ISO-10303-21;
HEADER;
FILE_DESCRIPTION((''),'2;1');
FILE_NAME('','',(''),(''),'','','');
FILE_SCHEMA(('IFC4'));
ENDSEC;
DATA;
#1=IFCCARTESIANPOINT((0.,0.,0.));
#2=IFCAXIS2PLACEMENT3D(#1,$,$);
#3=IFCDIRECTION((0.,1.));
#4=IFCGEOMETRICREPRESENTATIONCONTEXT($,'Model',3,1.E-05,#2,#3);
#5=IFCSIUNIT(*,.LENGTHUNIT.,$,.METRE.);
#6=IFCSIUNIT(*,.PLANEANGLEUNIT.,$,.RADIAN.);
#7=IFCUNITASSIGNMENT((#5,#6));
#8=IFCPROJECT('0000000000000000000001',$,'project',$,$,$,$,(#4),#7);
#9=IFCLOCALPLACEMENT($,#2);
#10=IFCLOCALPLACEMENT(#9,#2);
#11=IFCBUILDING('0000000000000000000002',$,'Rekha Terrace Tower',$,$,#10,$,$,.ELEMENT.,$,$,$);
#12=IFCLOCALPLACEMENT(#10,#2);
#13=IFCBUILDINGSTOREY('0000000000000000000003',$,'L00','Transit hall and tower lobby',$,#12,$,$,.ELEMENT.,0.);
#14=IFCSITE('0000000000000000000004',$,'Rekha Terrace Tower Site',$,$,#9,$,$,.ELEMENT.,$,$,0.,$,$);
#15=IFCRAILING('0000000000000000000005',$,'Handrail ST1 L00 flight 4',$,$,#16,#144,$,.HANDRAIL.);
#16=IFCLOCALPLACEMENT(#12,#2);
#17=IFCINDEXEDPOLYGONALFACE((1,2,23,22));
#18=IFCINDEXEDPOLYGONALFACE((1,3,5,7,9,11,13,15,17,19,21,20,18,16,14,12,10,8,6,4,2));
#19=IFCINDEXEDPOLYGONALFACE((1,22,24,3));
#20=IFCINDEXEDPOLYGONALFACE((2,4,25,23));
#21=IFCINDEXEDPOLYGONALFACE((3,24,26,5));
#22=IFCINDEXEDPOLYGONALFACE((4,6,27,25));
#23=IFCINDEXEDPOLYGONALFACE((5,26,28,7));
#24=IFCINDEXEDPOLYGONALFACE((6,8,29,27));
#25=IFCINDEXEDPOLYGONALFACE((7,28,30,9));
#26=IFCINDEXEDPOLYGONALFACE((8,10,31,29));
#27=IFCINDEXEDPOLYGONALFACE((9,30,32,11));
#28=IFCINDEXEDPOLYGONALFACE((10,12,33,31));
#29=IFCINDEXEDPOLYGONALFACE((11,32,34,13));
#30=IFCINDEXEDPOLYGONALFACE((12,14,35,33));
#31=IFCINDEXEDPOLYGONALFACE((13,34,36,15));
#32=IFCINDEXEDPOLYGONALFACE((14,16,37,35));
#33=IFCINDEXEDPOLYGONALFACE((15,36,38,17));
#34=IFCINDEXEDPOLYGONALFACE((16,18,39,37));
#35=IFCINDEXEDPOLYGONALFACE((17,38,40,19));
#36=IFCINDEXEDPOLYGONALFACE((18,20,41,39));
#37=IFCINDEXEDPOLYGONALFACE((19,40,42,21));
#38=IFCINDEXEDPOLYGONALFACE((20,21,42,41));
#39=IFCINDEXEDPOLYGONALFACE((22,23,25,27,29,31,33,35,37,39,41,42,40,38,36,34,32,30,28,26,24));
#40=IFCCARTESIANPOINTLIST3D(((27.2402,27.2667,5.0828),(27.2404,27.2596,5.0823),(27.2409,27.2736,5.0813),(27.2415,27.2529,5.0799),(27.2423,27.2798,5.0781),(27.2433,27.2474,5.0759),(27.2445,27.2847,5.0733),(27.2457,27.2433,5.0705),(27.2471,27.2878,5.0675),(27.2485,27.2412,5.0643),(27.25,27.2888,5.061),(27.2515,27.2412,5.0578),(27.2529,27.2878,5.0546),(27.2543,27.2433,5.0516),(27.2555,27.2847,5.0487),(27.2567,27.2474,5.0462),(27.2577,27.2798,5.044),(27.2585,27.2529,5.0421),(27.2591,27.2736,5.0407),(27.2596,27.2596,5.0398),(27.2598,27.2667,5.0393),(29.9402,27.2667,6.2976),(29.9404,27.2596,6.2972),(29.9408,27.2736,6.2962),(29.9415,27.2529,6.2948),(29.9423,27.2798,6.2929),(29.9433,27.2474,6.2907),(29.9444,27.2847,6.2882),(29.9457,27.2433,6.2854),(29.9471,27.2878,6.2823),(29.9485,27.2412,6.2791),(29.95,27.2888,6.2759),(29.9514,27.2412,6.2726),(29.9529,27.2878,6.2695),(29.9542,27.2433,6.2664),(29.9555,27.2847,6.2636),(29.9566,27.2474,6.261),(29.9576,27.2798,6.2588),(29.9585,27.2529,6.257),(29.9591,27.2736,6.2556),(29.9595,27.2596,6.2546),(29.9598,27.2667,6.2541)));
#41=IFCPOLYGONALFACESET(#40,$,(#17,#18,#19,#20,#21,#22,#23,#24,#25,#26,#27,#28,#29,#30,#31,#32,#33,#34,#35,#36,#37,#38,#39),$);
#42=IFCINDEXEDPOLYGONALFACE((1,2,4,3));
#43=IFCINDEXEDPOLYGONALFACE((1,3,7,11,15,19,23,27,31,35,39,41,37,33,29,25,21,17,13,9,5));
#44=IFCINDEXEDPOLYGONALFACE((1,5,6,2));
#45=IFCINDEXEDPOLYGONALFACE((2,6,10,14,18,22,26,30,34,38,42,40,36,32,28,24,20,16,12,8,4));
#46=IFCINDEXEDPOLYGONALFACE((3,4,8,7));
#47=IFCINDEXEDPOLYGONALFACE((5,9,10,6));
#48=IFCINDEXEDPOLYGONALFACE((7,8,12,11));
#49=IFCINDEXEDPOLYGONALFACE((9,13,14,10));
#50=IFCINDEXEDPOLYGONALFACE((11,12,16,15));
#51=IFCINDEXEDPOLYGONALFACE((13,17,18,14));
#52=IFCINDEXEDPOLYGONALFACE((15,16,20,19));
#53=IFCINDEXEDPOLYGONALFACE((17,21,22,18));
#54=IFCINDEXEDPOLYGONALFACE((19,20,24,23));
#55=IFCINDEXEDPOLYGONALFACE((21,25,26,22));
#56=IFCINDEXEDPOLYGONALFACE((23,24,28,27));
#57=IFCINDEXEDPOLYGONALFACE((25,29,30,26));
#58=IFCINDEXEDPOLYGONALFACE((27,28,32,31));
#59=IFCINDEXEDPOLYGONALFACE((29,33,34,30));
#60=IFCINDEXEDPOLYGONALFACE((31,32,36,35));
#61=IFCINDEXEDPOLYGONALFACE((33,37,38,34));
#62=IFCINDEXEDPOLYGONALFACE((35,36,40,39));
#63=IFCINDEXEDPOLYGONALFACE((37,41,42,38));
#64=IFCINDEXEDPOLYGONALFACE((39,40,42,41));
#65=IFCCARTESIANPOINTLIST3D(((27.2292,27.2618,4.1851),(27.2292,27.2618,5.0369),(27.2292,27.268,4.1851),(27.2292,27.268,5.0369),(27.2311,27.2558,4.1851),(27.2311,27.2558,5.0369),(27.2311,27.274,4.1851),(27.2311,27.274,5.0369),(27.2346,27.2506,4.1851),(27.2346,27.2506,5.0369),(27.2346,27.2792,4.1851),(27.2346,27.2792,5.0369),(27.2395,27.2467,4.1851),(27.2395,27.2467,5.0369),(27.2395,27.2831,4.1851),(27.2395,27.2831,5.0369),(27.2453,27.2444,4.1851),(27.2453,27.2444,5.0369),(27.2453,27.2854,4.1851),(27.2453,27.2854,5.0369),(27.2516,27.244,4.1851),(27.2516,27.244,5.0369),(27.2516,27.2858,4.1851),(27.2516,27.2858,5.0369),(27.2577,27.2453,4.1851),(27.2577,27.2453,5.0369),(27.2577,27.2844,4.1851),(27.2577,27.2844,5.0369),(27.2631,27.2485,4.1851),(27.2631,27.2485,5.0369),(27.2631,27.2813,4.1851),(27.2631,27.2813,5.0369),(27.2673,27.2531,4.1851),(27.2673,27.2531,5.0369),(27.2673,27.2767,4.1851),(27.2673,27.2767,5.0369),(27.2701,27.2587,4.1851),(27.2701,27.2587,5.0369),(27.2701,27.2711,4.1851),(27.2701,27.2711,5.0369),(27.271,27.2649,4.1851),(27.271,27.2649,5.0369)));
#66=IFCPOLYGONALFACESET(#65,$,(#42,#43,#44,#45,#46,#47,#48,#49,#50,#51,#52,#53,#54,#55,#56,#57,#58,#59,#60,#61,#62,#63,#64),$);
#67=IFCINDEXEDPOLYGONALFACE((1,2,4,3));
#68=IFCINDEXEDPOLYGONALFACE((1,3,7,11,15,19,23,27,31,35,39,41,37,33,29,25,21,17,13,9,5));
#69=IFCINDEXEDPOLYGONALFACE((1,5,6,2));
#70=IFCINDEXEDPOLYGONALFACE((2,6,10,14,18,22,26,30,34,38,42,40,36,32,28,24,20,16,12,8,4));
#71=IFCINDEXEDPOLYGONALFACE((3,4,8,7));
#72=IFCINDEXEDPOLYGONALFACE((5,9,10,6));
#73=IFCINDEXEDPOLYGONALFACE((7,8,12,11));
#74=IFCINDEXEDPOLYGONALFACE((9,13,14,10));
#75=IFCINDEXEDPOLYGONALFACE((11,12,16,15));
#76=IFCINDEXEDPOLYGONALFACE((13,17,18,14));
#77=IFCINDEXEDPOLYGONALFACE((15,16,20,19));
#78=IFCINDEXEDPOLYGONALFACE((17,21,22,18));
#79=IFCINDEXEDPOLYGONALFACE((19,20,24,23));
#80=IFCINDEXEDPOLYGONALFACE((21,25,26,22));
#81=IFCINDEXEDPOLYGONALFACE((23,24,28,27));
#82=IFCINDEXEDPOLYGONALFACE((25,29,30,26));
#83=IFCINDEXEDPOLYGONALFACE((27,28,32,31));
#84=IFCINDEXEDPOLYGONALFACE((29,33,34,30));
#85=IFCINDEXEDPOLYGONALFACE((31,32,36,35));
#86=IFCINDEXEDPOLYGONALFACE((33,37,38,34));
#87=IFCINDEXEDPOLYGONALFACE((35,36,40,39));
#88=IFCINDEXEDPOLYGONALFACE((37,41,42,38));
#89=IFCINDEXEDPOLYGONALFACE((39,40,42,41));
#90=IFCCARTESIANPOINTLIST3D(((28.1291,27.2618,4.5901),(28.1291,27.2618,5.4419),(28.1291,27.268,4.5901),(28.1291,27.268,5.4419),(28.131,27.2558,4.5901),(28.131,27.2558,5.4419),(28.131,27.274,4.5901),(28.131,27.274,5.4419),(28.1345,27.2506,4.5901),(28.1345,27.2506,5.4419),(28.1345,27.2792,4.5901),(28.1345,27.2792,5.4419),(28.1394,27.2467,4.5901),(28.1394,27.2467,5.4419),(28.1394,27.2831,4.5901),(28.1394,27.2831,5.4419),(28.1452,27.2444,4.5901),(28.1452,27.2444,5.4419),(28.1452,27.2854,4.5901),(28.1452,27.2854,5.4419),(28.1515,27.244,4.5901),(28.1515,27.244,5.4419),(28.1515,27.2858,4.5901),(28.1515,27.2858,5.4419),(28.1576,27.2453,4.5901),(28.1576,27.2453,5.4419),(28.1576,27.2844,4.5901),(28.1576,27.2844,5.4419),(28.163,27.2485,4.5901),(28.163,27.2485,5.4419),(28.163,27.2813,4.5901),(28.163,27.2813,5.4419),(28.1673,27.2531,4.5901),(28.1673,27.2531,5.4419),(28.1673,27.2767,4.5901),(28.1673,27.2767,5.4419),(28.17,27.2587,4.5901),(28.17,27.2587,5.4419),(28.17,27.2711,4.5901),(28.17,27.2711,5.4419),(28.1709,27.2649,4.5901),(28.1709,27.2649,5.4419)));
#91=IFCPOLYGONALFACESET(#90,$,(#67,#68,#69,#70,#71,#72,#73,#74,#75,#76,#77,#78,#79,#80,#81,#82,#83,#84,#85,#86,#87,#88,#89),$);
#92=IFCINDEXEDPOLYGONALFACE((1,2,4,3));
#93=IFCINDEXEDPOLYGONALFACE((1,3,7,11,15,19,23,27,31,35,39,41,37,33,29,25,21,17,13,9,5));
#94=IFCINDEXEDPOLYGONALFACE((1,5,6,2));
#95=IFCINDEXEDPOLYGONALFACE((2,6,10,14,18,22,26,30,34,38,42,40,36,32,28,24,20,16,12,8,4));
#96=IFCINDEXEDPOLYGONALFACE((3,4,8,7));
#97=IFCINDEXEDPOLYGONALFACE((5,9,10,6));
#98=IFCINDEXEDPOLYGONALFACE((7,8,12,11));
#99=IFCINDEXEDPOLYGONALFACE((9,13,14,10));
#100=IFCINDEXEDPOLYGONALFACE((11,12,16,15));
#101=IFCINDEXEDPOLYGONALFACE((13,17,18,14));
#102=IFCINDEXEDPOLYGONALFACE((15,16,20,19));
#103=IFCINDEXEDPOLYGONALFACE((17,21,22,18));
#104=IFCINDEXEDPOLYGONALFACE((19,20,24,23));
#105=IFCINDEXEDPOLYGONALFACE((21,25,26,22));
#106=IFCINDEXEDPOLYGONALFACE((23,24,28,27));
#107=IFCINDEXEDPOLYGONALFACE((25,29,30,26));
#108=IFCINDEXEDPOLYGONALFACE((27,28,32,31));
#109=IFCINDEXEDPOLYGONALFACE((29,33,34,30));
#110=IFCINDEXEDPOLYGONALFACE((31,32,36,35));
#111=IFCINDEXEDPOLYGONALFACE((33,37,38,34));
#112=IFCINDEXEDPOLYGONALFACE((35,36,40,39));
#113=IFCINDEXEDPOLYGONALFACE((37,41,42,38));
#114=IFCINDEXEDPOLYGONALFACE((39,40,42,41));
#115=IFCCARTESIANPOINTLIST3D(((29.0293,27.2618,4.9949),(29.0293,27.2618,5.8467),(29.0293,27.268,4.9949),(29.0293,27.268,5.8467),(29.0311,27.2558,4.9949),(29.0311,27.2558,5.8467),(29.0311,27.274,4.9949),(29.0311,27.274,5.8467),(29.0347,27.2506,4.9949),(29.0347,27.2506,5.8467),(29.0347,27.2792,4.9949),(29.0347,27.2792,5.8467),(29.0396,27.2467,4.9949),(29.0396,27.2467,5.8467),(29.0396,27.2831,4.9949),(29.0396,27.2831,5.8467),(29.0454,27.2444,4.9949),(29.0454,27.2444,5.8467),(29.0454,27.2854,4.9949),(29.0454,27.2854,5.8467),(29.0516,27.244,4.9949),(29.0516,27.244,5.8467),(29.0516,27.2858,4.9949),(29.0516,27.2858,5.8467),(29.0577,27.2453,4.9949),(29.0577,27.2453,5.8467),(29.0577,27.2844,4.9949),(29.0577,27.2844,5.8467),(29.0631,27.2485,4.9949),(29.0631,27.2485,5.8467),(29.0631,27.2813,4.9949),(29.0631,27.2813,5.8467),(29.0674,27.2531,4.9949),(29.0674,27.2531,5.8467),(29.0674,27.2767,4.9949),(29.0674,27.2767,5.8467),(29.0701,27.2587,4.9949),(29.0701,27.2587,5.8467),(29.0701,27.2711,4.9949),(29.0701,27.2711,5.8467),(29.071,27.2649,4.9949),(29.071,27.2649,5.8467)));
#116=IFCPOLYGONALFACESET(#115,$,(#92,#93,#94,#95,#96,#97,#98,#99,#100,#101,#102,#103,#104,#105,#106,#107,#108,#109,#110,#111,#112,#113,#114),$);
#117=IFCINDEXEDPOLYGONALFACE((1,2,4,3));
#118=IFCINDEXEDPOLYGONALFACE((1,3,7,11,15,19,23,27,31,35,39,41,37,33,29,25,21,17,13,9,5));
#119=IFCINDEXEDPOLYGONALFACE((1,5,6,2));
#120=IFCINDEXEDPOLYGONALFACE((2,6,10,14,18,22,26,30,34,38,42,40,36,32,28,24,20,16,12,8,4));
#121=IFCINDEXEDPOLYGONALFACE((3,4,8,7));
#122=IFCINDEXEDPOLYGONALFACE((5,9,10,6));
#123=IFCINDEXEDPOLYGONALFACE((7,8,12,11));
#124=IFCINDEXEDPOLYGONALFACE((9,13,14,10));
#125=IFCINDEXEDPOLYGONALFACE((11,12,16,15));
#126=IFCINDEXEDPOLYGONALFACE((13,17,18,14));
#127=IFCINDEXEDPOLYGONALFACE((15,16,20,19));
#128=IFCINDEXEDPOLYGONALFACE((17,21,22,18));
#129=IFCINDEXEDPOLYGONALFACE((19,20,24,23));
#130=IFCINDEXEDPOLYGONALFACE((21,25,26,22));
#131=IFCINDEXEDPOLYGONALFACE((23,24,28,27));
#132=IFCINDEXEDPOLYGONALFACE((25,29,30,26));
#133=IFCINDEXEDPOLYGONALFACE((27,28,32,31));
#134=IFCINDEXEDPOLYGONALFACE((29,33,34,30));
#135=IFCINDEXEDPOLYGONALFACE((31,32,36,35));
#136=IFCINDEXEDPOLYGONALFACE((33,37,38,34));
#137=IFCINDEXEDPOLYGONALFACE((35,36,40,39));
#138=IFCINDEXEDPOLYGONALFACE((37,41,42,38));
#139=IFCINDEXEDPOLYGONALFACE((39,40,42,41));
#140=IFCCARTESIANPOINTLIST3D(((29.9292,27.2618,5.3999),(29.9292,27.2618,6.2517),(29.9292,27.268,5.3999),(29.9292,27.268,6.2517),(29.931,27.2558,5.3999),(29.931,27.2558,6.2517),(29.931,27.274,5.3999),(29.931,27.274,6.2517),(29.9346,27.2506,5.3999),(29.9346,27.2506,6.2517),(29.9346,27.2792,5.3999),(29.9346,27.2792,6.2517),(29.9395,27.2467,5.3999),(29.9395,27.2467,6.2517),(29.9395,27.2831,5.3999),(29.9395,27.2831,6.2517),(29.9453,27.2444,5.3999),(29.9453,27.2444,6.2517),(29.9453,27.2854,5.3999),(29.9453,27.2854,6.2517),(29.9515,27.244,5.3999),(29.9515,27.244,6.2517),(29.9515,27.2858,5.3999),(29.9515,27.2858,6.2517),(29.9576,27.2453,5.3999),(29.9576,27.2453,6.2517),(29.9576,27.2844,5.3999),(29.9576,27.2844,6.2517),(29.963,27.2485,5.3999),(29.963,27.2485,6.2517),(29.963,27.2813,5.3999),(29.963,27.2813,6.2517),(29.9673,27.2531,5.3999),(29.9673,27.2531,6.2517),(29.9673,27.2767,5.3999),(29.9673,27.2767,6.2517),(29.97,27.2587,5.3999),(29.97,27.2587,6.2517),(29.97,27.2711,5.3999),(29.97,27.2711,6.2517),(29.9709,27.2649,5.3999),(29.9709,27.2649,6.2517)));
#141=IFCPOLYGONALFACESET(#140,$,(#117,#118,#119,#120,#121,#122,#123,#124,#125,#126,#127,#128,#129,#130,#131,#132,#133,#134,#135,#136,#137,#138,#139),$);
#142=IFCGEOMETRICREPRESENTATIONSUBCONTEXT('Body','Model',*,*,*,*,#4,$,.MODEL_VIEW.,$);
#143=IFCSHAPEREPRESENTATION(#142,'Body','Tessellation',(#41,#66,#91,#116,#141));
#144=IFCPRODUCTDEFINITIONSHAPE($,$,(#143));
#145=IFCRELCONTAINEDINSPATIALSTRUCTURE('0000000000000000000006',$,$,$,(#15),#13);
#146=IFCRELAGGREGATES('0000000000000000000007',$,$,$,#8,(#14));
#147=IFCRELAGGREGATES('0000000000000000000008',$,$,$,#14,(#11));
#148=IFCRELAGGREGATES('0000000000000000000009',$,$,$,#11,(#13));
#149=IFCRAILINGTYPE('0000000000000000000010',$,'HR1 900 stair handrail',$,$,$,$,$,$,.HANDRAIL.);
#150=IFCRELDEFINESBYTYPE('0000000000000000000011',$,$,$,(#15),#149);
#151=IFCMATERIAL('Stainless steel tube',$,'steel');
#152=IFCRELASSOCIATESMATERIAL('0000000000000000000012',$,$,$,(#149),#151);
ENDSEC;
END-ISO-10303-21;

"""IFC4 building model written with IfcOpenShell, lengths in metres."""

from ifc_helpers import new_model, si_unit, direction, frame, origin, origin_2d, place, context, subcontext, project, spatial, circle, extrude, material, type_object, element, save


model = new_model("IFC4")

# Units and contexts
model_context = context("Model", 3, precision=1e-05, world=origin(), true_north=direction((0.0, 1.0)))
body_context = subcontext(model_context, "Body", "Model", "MODEL_VIEW")
ifc_project = project(units=[si_unit("LENGTHUNIT", "METRE"), si_unit("PLANEANGLEUNIT", "RADIAN")], contexts=[model_context])

# Site, building, storey
site_placement = place(None, origin())
site = spatial("IfcSite", under=ifc_project, at=site_placement, Name="Rekha Terrace Tower Site", CompositionType="ELEMENT", RefElevation=0.0)
building_placement = place(site_placement, origin())
building = spatial("IfcBuilding", under=site, at=building_placement, Name="Rekha Terrace Tower", CompositionType="ELEMENT")
storey_placement = place(building_placement, origin())
storey = spatial("IfcBuildingStorey", under=building, at=storey_placement, Name="L00", Description="Transit hall and tower lobby", CompositionType="ELEMENT", Elevation=0.0)

# Railing
ifc_material_1 = material(Name="Stainless steel tube", Category="steel")
railing_type_1 = type_object("IfcRailingType", Name="HR1 900 stair handrail", PredefinedType="HANDRAIL", material=ifc_material_1)
railing_1_placement = place(storey_placement, frame((27.25, 27.2649, 4.1851)))
element("IfcRailing", 1, at=railing_1_placement, inside=storey, type_object=railing_type_1, Name="Handrail ST1 L00 flight 4", PredefinedType="HANDRAIL", context=body_context, shape_type="SweptSolid", body=[
    extrude(circle(Radius=0.0239, at=origin_2d()), frame((0.0, 0.0, 0.876), z_axis=(0.911938, 0.0, 0.410327), x_axis=(0.0, 1.0, 0.0)), (0.0, 0.0, 1.0), 2.9607),
    extrude(circle(Radius=0.021, at=origin_2d()), origin(), (0.0, 0.0, 1.0), 0.8518),
    extrude(circle(Radius=0.021, at=origin_2d()), frame((0.8999, 0.0, 0.405)), (0.0, 0.0, 1.0), 0.8518),
    extrude(circle(Radius=0.021, at=origin_2d()), frame((1.8, 0.0, 0.8098)), (0.0, 0.0, 1.0), 0.8518),
    extrude(circle(Radius=0.021, at=origin_2d()), frame((2.7, 0.0, 1.2148)), (0.0, 0.0, 1.0), 0.8518),
])

save(model, "model.ifc")
